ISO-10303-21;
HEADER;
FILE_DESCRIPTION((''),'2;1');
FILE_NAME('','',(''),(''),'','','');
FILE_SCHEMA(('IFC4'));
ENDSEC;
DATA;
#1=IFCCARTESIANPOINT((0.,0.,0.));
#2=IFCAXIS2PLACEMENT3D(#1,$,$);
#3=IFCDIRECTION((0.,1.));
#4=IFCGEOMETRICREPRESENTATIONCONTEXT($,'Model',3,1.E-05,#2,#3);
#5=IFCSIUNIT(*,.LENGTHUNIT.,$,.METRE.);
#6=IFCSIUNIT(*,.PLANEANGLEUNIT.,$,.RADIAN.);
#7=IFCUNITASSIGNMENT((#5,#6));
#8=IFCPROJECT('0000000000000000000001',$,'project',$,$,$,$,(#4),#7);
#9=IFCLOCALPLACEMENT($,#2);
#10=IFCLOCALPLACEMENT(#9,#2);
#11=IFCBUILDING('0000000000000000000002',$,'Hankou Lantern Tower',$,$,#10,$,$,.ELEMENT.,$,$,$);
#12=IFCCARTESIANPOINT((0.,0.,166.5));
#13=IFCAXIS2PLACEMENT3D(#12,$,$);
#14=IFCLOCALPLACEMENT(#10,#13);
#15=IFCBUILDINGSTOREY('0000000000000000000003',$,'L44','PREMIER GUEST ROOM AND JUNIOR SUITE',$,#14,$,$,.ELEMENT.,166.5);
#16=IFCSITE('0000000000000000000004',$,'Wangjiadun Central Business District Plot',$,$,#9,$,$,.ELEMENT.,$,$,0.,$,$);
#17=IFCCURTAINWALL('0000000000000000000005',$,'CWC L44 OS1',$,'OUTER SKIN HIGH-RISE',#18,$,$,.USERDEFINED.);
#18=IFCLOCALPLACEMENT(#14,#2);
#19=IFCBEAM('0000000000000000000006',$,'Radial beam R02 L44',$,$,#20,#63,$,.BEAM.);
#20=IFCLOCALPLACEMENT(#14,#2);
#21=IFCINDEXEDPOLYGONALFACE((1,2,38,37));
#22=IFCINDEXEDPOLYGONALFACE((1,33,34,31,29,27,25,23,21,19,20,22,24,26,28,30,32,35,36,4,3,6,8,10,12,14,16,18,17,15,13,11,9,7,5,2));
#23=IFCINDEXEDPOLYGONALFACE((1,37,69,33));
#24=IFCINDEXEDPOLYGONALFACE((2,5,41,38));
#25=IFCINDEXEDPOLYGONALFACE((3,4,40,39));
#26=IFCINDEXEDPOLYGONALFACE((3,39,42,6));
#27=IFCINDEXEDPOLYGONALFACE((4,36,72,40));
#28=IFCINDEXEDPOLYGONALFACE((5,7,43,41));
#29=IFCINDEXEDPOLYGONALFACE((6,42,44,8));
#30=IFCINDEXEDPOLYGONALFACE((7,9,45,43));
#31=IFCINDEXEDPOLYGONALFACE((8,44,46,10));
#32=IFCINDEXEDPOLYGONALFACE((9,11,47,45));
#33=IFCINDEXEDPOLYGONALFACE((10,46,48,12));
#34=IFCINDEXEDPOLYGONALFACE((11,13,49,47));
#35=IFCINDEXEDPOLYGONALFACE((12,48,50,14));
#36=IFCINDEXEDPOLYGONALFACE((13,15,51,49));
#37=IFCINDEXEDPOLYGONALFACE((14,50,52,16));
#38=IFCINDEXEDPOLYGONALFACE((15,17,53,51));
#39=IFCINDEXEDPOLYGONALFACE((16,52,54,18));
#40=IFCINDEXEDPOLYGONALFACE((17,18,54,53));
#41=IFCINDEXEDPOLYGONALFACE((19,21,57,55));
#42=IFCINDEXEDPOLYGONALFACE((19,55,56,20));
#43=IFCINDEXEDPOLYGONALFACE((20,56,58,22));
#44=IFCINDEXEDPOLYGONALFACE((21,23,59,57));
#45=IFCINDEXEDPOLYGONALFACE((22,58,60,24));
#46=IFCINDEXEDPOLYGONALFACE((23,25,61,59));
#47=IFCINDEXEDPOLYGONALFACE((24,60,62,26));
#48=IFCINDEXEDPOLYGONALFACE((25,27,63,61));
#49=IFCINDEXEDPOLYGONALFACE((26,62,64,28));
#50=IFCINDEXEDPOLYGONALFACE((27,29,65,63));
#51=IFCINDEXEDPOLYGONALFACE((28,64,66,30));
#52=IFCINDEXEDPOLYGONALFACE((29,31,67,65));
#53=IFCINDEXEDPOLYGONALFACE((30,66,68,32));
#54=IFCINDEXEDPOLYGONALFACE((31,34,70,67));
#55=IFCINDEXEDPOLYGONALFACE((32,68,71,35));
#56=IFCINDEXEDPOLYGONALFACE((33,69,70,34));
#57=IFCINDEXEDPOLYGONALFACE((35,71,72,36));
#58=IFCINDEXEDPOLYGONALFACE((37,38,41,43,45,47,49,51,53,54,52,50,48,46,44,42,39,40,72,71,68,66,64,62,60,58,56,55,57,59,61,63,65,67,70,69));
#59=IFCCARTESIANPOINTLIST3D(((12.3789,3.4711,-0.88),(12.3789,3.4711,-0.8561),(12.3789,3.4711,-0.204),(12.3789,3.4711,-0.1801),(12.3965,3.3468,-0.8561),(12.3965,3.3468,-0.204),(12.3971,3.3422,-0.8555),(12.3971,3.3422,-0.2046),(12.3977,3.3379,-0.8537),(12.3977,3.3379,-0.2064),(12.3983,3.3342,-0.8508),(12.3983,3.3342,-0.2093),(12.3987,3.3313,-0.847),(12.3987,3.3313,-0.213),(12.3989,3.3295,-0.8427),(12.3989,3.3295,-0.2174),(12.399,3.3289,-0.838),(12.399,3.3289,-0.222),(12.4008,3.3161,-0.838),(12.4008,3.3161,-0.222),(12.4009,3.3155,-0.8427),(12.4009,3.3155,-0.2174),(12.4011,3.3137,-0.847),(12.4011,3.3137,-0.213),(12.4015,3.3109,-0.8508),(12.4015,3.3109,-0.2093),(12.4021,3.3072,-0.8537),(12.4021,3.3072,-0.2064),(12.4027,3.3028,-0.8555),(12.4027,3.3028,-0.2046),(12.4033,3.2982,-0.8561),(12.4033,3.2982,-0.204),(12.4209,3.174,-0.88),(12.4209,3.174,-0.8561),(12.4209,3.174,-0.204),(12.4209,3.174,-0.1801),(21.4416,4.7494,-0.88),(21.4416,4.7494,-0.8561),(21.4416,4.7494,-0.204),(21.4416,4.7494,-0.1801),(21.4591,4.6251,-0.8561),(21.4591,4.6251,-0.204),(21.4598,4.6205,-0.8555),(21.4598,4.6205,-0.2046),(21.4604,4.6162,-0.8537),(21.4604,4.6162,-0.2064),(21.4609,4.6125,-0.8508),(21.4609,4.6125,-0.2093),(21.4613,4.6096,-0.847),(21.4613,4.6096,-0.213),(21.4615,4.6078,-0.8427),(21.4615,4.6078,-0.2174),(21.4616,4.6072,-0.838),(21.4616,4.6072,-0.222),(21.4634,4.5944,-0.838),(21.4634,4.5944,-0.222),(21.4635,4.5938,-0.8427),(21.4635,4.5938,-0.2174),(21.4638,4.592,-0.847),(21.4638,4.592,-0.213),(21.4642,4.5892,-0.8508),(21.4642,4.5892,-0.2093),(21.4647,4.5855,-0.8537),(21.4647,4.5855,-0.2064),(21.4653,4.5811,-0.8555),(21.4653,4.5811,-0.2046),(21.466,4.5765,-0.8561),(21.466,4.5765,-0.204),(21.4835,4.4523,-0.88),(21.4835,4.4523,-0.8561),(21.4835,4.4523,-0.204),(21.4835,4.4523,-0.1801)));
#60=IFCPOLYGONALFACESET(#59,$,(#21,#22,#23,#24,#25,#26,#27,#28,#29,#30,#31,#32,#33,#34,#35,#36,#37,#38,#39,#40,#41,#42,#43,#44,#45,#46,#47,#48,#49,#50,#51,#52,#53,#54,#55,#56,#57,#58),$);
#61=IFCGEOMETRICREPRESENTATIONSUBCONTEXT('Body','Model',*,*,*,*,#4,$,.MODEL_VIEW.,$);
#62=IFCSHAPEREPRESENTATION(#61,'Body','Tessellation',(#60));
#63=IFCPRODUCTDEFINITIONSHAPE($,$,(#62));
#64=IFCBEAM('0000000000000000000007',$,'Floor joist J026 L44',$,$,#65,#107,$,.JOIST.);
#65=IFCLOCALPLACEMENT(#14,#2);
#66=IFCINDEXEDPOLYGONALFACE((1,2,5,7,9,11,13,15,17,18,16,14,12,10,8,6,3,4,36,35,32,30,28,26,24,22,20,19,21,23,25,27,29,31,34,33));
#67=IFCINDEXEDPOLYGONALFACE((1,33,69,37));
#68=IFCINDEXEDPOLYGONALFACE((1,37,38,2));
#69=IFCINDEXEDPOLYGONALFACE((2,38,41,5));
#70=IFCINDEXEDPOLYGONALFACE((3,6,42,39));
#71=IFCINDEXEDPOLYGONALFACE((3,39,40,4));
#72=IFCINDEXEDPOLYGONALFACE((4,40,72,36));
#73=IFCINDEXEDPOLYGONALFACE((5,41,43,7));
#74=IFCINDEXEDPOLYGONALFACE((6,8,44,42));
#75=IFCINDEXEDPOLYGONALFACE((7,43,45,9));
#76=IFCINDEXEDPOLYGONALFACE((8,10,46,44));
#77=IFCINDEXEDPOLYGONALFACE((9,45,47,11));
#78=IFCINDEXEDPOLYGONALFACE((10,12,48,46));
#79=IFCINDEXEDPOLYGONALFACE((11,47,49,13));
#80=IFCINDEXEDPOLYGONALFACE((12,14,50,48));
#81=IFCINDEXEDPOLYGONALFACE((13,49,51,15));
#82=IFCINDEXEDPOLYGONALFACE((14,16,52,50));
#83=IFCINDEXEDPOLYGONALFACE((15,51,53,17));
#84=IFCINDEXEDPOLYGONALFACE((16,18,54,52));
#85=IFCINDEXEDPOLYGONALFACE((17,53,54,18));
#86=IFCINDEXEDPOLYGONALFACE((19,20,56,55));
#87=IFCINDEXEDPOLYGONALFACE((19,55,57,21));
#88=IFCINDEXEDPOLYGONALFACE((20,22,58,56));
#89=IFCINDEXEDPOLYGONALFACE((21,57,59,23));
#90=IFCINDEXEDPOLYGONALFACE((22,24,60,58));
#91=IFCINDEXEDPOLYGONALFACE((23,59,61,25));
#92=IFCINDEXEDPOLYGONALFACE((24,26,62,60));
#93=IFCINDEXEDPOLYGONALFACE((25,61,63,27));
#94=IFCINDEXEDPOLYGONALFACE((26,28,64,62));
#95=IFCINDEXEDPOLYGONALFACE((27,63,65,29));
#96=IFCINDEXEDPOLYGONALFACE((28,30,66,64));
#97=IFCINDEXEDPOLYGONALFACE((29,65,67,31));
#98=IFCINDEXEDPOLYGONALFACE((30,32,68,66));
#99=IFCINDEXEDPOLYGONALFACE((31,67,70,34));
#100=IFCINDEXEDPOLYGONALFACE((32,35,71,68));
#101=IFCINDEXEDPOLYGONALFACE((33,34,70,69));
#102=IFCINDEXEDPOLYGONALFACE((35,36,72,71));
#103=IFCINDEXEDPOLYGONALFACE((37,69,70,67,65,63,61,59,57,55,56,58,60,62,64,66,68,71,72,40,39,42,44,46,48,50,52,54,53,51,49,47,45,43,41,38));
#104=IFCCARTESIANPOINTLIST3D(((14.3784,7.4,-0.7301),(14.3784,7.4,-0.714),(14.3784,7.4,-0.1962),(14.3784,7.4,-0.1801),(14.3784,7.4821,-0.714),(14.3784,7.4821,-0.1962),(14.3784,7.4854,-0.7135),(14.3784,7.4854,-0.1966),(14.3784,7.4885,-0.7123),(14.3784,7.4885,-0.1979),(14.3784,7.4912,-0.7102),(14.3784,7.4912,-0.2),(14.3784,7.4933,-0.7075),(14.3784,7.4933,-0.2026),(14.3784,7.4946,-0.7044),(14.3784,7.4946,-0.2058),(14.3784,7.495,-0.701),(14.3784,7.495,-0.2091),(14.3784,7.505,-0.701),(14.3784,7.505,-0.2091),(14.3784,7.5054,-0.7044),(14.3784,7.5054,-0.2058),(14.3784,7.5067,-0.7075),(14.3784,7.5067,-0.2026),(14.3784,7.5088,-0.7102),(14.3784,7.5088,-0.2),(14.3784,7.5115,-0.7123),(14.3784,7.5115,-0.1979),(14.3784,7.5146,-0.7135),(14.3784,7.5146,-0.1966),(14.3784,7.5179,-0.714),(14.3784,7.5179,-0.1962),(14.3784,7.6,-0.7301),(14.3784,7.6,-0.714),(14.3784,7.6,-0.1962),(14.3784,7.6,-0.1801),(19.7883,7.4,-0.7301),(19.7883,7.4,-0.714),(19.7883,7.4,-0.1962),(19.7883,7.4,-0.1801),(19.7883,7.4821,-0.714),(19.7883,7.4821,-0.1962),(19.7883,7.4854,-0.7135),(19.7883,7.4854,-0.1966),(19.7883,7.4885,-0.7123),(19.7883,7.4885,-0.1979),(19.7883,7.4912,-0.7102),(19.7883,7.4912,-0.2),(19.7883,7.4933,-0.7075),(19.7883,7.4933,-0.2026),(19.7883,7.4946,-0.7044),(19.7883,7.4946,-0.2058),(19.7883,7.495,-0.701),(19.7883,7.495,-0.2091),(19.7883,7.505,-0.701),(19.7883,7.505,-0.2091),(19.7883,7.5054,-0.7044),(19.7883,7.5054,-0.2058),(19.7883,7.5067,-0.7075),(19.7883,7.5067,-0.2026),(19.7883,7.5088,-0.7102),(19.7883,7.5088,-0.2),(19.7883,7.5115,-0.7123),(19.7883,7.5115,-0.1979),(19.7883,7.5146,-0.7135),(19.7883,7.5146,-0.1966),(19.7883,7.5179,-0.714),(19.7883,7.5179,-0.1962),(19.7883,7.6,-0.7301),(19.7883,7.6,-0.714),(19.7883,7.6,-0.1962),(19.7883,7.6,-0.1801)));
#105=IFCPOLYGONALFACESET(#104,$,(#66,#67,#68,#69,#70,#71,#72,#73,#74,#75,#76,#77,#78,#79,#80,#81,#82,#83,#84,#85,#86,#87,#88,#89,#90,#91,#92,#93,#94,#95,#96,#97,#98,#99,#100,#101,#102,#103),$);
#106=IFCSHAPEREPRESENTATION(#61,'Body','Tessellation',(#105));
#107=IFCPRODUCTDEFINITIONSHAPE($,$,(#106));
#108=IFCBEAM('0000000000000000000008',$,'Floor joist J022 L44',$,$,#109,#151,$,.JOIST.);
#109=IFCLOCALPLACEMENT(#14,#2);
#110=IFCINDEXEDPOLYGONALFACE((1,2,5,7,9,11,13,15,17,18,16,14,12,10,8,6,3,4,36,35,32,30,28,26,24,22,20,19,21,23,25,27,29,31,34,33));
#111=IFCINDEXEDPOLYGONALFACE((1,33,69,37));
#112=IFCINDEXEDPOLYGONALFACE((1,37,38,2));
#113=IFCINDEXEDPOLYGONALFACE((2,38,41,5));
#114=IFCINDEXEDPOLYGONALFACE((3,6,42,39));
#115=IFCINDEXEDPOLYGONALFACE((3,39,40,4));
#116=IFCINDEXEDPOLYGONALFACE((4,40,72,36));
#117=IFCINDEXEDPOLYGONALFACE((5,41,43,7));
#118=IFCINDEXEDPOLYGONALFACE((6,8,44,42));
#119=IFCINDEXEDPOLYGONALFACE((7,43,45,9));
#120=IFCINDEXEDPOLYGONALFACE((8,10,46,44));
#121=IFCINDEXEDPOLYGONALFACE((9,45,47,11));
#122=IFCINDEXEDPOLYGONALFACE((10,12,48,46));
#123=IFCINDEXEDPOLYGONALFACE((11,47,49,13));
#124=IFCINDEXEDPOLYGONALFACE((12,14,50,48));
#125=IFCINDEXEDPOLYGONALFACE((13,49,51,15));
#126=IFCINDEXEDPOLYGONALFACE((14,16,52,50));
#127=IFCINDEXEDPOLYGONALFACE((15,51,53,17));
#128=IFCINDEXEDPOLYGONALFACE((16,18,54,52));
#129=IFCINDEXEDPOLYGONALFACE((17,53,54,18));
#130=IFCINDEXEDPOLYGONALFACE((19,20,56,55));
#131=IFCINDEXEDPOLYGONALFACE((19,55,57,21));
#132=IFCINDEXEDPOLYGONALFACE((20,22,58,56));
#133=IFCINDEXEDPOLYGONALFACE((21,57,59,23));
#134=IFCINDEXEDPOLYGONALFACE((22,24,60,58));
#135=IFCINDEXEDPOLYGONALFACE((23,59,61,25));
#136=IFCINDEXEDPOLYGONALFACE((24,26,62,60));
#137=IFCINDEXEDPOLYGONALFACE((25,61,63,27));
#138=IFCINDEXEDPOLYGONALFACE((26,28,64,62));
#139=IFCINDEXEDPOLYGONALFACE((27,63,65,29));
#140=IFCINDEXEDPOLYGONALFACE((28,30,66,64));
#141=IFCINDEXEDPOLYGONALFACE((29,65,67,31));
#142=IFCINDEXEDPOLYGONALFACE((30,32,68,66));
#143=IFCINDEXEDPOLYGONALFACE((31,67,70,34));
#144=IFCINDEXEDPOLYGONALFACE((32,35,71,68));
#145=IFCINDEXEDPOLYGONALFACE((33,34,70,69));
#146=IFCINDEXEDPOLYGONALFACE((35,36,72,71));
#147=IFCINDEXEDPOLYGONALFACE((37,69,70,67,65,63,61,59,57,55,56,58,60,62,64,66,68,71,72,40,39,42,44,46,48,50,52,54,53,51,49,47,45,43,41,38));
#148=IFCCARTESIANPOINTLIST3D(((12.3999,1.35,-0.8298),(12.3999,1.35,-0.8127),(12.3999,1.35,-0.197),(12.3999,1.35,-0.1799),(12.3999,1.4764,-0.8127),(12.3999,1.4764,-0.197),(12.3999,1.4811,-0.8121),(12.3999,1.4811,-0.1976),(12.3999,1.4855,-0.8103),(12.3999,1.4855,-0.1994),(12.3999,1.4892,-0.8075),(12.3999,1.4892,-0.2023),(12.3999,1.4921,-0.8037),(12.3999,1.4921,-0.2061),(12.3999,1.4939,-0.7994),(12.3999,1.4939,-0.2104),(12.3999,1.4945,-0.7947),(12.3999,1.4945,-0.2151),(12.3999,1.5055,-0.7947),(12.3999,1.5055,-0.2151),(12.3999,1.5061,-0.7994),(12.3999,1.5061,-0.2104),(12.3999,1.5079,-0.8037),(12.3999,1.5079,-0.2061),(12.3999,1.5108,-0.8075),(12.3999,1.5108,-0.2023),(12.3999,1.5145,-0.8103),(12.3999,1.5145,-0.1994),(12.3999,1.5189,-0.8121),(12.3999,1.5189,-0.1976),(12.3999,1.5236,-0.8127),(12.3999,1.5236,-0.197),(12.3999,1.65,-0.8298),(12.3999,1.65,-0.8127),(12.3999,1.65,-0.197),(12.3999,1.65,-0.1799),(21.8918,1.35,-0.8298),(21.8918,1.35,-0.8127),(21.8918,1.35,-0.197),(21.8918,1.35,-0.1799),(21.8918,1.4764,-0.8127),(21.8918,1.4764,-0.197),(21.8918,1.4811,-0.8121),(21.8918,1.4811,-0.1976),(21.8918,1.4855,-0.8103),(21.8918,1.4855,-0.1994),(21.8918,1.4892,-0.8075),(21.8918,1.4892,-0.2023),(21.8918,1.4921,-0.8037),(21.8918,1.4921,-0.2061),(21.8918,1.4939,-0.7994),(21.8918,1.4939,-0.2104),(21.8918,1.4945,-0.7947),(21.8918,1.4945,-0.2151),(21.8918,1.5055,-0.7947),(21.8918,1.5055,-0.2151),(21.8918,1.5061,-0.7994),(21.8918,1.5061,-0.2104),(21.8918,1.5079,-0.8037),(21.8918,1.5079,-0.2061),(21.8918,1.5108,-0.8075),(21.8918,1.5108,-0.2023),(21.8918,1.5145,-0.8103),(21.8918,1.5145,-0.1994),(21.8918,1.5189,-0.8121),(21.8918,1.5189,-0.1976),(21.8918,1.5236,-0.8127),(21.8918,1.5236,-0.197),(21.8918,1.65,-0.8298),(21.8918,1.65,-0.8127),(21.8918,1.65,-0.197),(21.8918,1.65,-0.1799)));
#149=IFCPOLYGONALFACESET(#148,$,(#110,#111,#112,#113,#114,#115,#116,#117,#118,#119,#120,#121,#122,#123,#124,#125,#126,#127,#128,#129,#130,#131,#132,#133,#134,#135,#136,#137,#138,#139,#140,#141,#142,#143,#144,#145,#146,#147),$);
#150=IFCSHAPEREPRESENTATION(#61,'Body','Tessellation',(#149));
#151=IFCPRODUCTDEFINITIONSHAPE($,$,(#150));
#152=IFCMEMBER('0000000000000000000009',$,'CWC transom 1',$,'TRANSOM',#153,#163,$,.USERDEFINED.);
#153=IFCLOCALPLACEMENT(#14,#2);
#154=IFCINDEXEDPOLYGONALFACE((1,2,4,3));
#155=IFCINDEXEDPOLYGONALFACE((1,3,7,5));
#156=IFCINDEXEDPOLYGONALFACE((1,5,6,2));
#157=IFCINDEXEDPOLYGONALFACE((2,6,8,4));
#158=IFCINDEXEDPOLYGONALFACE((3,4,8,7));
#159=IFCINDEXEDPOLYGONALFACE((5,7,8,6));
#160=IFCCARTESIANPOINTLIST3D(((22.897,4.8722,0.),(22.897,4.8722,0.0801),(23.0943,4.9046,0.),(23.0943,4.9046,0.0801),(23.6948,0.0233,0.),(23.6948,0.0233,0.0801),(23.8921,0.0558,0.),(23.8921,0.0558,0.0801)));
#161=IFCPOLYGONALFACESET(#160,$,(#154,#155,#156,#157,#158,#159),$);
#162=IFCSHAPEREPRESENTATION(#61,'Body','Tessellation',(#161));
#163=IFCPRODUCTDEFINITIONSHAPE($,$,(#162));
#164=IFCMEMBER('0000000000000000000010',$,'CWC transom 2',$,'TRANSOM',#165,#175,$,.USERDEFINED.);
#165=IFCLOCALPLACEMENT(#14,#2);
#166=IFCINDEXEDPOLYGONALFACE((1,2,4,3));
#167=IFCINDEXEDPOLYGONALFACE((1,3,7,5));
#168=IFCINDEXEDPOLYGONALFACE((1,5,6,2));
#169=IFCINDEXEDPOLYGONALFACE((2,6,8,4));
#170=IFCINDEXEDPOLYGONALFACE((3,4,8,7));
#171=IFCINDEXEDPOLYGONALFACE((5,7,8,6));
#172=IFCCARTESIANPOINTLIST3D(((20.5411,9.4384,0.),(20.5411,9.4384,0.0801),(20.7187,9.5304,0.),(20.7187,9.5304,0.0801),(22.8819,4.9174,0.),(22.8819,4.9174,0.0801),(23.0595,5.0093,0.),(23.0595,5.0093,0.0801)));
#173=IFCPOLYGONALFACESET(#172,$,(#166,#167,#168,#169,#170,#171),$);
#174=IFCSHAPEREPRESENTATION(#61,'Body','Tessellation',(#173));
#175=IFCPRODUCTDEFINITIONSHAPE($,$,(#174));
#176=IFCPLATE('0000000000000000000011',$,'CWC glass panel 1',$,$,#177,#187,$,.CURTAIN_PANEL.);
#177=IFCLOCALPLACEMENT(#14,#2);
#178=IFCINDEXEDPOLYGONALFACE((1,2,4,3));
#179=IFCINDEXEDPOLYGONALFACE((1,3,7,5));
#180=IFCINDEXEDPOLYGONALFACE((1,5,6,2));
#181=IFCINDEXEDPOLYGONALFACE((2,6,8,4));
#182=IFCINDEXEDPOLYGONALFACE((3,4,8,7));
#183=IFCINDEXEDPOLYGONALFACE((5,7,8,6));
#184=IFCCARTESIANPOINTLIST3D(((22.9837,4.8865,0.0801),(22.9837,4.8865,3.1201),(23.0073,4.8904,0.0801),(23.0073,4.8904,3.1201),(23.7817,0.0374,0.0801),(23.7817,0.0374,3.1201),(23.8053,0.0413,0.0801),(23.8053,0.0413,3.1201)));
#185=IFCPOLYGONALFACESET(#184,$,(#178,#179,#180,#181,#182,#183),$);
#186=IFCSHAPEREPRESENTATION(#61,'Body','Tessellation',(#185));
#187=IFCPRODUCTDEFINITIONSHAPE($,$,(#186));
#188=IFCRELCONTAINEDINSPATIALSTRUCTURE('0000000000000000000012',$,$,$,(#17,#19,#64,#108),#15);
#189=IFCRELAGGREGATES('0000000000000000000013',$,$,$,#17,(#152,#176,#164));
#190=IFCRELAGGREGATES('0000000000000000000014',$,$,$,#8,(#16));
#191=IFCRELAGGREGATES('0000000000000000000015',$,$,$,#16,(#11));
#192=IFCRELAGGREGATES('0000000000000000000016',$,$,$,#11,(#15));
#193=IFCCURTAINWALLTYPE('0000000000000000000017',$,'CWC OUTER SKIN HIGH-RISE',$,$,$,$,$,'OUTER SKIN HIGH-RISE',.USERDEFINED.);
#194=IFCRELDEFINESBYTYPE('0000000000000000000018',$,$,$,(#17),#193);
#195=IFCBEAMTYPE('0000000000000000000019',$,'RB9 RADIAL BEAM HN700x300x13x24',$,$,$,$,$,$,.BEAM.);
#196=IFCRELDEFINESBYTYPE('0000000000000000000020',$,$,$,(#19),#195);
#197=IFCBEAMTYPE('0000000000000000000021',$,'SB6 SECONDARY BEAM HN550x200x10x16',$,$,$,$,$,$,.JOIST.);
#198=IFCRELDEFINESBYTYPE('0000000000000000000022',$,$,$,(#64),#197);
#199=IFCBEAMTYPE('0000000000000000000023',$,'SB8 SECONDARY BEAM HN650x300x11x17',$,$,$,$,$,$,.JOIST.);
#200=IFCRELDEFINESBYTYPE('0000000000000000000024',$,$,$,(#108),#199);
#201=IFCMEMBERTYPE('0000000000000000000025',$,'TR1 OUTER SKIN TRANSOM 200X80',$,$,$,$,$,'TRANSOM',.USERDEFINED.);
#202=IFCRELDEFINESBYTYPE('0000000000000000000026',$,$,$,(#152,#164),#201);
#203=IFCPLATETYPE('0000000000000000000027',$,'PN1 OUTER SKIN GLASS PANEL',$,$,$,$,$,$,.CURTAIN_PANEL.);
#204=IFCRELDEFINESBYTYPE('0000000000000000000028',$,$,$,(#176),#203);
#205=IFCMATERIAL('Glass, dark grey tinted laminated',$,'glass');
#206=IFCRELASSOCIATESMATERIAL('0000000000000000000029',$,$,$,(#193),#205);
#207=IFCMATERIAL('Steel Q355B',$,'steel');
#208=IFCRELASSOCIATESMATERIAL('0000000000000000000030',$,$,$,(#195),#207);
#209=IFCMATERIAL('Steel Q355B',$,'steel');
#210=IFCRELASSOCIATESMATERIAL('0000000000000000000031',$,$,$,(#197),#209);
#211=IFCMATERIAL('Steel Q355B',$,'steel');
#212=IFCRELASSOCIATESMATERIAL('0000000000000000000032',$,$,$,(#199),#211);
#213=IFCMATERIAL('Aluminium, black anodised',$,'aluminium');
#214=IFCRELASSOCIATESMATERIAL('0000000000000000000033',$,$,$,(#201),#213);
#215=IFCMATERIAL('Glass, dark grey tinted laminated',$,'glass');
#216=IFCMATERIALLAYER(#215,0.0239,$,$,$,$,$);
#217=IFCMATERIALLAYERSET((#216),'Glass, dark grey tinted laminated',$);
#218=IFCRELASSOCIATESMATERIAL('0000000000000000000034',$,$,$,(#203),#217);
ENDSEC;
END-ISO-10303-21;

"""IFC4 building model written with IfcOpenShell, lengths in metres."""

from ifc_helpers import new_model, si_unit, direction, frame, origin, origin_2d, place, context, subcontext, project, spatial, rectangle, i_section, extrude, material, layer, layer_set, material_profile, profile_set, type_object, element, aggregate, save


model = new_model("IFC4")

# Units and contexts
model_context = context("Model", 3, precision=1e-05, world=origin(), true_north=direction((0.0, 1.0)))
body_context = subcontext(model_context, "Body", "Model", "MODEL_VIEW")
ifc_project = project(units=[si_unit("LENGTHUNIT", "METRE"), si_unit("PLANEANGLEUNIT", "RADIAN")], contexts=[model_context])

# Site, building, storey
site_placement = place(None, origin())
site = spatial("IfcSite", under=ifc_project, at=site_placement, Name="Wangjiadun Central Business District Plot", CompositionType="ELEMENT", RefElevation=0.0)
building_placement = place(site_placement, origin())
building = spatial("IfcBuilding", under=site, at=building_placement, Name="Hankou Lantern Tower", CompositionType="ELEMENT")
storey_placement = place(building_placement, frame((0.0, 0.0, 166.5)))
storey = spatial("IfcBuildingStorey", under=building, at=storey_placement, Name="L44", Description="PREMIER GUEST ROOM AND JUNIOR SUITE", CompositionType="ELEMENT", Elevation=166.5)

# Curtain wall
ifc_material_1 = material(Name="Glass, dark grey tinted laminated", Category="glass")
curtain_wall_type = type_object("IfcCurtainWallType", Name="CWC OUTER SKIN HIGH-RISE", ElementType="OUTER SKIN HIGH-RISE", PredefinedType="USERDEFINED", material=ifc_material_1)
curtain_wall_placement = place(storey_placement, origin())
curtain_wall = element("IfcCurtainWall", 1, at=curtain_wall_placement, inside=storey, type_object=curtain_wall_type, Name="CWC L44 OS1", ObjectType="OUTER SKIN HIGH-RISE", PredefinedType="USERDEFINED")

# Beams
ifc_material_2 = material(Name="Steel Q355B", Category="steel")
ifc_material_profile_1 = material_profile(ifc_material_2, i_section(OverallWidth=0.3, OverallDepth=0.7, WebThickness=0.0129, FlangeThickness=0.0239, FilletRadius=0.0181, at=origin_2d()), Name="HN700x300x13x24")
ifc_profile_set_1 = profile_set([ifc_material_profile_1], Name="Steel Q355B")
beam_type_1 = type_object("IfcBeamType", Name="RB9 RADIAL BEAM HN700x300x13x24", PredefinedType="BEAM", material=ifc_profile_set_1)
beam_1_placement = place(storey_placement, frame((12.3999, 3.3225, -0.53), z_axis=(0.990198, 0.13967, 0.0), x_axis=(-0.13967, 0.990198, 0.0)))
element("IfcBeam", 2, at=beam_1_placement, inside=storey, type_object=beam_type_1, Name="Radial beam R02 L44", PredefinedType="BEAM", context=body_context, shape_type="SweptSolid", body=[
    extrude(i_section(OverallWidth=0.3, OverallDepth=0.7, WebThickness=0.0129, FlangeThickness=0.0239, FilletRadius=0.0181, at=origin_2d()), origin(), (0.0, 0.0, 1.0), 9.1523),
])
ifc_material_3 = material(Name="Steel Q355B", Category="steel")
ifc_material_profile_2 = material_profile(ifc_material_3, i_section(OverallWidth=0.2, OverallDepth=0.55, WebThickness=0.01, FlangeThickness=0.0161, FilletRadius=0.0129, at=origin_2d()), Name="HN550x200x10x16")
ifc_profile_set_2 = profile_set([ifc_material_profile_2], Name="Steel Q355B")
beam_type_2 = type_object("IfcBeamType", Name="SB6 SECONDARY BEAM HN550x200x10x16", PredefinedType="JOIST", material=ifc_profile_set_2)
beam_2_placement = place(storey_placement, frame((14.3784, 7.5, -0.4551), z_axis=(1.0, 0.0, 0.0), x_axis=(0.0, 1.0, 0.0)))
element("IfcBeam", 3, at=beam_2_placement, inside=storey, type_object=beam_type_2, Name="Floor joist J026 L44", PredefinedType="JOIST", context=body_context, shape_type="SweptSolid", body=[
    extrude(i_section(OverallWidth=0.2, OverallDepth=0.55, WebThickness=0.01, FlangeThickness=0.0161, FilletRadius=0.0129, at=origin_2d()), origin(), (0.0, 0.0, 1.0), 5.4099),
])
ifc_material_4 = material(Name="Steel Q355B", Category="steel")
ifc_material_profile_3 = material_profile(ifc_material_4, i_section(OverallWidth=0.3, OverallDepth=0.6499, WebThickness=0.011, FlangeThickness=0.0171, FilletRadius=0.0181, at=origin_2d()), Name="HN650x300x11x17")
ifc_profile_set_3 = profile_set([ifc_material_profile_3], Name="Steel Q355B")
beam_type_3 = type_object("IfcBeamType", Name="SB8 SECONDARY BEAM HN650x300x11x17", PredefinedType="JOIST", material=ifc_profile_set_3)
beam_3_placement = place(storey_placement, frame((12.3999, 1.5, -0.5049), z_axis=(1.0, 0.0, 0.0), x_axis=(0.0, 1.0, 0.0)))
element("IfcBeam", 4, at=beam_3_placement, inside=storey, type_object=beam_type_3, Name="Floor joist J022 L44", PredefinedType="JOIST", context=body_context, shape_type="SweptSolid", body=[
    extrude(i_section(OverallWidth=0.3, OverallDepth=0.6499, WebThickness=0.011, FlangeThickness=0.0171, FilletRadius=0.0181, at=origin_2d()), origin(), (0.0, 0.0, 1.0), 9.4919),
])

# Members
ifc_material_5 = material(Name="Aluminium, black anodised", Category="aluminium")
ifc_material_profile_4 = material_profile(ifc_material_5, rectangle(XDim=0.2, YDim=0.0801, at=origin_2d()), Name="TR1 200X80")
ifc_profile_set_4 = profile_set([ifc_material_profile_4], Name="Aluminium, black anodised")
member_type_1 = type_object("IfcMemberType", Name="TR1 OUTER SKIN TRANSOM 200X80", ElementType="TRANSOM", PredefinedType="USERDEFINED", material=ifc_profile_set_4)
member_1_placement = place(storey_placement, frame((23.7935, 0.0396, 0.04), z_axis=(-0.16236, 0.986732, 0.0), x_axis=(-0.986732, -0.16236, 0.0)))
member_1 = element("IfcMember", 5, at=member_1_placement, type_object=member_type_1, Name="CWC transom 1", ObjectType="TRANSOM", PredefinedType="USERDEFINED", context=body_context, shape_type="SweptSolid", body=[
    extrude(rectangle(XDim=0.2, YDim=0.0801, at=origin_2d()), origin(), (0.0, 0.0, 1.0), 4.9141),
])
member_2_placement = place(storey_placement, frame((22.9707, 4.9634, 0.04), z_axis=(-0.459791, 0.888027, 0.0), x_axis=(-0.888027, -0.459791, 0.0)))
member_2 = element("IfcMember", 6, at=member_2_placement, type_object=member_type_1, Name="CWC transom 2", ObjectType="TRANSOM", PredefinedType="USERDEFINED", context=body_context, shape_type="SweptSolid", body=[
    extrude(rectangle(XDim=0.2, YDim=0.0801, at=origin_2d()), origin(), (0.0, 0.0, 1.0), 5.0911),
])

# Plate
ifc_material_6 = material(Name="Glass, dark grey tinted laminated", Category="glass")
ifc_layer_1 = layer(ifc_material_6, 0.0239)
ifc_layer_set_1 = layer_set([ifc_layer_1], Name="Glass, dark grey tinted laminated")
plate_type = type_object("IfcPlateType", Name="PN1 OUTER SKIN GLASS PANEL", PredefinedType="CURTAIN_PANEL", material=ifc_layer_set_1)
plate_1_placement = place(storey_placement, frame((23.3945, 2.4639, 0.0801), z_axis=(0.0, 0.0, 1.0), x_axis=(-0.162382, 0.986728, 0.0)))
plate_1 = element("IfcPlate", 7, at=plate_1_placement, type_object=plate_type, Name="CWC glass panel 1", PredefinedType="CURTAIN_PANEL", context=body_context, shape_type="SweptSolid", body=[
    extrude(rectangle(XDim=4.9143, YDim=0.0239, at=origin_2d()), origin(), (0.0, 0.0, 1.0), 3.04),
])
aggregate(curtain_wall, [member_1, plate_1, member_2])

save(model, "model.ifc")
